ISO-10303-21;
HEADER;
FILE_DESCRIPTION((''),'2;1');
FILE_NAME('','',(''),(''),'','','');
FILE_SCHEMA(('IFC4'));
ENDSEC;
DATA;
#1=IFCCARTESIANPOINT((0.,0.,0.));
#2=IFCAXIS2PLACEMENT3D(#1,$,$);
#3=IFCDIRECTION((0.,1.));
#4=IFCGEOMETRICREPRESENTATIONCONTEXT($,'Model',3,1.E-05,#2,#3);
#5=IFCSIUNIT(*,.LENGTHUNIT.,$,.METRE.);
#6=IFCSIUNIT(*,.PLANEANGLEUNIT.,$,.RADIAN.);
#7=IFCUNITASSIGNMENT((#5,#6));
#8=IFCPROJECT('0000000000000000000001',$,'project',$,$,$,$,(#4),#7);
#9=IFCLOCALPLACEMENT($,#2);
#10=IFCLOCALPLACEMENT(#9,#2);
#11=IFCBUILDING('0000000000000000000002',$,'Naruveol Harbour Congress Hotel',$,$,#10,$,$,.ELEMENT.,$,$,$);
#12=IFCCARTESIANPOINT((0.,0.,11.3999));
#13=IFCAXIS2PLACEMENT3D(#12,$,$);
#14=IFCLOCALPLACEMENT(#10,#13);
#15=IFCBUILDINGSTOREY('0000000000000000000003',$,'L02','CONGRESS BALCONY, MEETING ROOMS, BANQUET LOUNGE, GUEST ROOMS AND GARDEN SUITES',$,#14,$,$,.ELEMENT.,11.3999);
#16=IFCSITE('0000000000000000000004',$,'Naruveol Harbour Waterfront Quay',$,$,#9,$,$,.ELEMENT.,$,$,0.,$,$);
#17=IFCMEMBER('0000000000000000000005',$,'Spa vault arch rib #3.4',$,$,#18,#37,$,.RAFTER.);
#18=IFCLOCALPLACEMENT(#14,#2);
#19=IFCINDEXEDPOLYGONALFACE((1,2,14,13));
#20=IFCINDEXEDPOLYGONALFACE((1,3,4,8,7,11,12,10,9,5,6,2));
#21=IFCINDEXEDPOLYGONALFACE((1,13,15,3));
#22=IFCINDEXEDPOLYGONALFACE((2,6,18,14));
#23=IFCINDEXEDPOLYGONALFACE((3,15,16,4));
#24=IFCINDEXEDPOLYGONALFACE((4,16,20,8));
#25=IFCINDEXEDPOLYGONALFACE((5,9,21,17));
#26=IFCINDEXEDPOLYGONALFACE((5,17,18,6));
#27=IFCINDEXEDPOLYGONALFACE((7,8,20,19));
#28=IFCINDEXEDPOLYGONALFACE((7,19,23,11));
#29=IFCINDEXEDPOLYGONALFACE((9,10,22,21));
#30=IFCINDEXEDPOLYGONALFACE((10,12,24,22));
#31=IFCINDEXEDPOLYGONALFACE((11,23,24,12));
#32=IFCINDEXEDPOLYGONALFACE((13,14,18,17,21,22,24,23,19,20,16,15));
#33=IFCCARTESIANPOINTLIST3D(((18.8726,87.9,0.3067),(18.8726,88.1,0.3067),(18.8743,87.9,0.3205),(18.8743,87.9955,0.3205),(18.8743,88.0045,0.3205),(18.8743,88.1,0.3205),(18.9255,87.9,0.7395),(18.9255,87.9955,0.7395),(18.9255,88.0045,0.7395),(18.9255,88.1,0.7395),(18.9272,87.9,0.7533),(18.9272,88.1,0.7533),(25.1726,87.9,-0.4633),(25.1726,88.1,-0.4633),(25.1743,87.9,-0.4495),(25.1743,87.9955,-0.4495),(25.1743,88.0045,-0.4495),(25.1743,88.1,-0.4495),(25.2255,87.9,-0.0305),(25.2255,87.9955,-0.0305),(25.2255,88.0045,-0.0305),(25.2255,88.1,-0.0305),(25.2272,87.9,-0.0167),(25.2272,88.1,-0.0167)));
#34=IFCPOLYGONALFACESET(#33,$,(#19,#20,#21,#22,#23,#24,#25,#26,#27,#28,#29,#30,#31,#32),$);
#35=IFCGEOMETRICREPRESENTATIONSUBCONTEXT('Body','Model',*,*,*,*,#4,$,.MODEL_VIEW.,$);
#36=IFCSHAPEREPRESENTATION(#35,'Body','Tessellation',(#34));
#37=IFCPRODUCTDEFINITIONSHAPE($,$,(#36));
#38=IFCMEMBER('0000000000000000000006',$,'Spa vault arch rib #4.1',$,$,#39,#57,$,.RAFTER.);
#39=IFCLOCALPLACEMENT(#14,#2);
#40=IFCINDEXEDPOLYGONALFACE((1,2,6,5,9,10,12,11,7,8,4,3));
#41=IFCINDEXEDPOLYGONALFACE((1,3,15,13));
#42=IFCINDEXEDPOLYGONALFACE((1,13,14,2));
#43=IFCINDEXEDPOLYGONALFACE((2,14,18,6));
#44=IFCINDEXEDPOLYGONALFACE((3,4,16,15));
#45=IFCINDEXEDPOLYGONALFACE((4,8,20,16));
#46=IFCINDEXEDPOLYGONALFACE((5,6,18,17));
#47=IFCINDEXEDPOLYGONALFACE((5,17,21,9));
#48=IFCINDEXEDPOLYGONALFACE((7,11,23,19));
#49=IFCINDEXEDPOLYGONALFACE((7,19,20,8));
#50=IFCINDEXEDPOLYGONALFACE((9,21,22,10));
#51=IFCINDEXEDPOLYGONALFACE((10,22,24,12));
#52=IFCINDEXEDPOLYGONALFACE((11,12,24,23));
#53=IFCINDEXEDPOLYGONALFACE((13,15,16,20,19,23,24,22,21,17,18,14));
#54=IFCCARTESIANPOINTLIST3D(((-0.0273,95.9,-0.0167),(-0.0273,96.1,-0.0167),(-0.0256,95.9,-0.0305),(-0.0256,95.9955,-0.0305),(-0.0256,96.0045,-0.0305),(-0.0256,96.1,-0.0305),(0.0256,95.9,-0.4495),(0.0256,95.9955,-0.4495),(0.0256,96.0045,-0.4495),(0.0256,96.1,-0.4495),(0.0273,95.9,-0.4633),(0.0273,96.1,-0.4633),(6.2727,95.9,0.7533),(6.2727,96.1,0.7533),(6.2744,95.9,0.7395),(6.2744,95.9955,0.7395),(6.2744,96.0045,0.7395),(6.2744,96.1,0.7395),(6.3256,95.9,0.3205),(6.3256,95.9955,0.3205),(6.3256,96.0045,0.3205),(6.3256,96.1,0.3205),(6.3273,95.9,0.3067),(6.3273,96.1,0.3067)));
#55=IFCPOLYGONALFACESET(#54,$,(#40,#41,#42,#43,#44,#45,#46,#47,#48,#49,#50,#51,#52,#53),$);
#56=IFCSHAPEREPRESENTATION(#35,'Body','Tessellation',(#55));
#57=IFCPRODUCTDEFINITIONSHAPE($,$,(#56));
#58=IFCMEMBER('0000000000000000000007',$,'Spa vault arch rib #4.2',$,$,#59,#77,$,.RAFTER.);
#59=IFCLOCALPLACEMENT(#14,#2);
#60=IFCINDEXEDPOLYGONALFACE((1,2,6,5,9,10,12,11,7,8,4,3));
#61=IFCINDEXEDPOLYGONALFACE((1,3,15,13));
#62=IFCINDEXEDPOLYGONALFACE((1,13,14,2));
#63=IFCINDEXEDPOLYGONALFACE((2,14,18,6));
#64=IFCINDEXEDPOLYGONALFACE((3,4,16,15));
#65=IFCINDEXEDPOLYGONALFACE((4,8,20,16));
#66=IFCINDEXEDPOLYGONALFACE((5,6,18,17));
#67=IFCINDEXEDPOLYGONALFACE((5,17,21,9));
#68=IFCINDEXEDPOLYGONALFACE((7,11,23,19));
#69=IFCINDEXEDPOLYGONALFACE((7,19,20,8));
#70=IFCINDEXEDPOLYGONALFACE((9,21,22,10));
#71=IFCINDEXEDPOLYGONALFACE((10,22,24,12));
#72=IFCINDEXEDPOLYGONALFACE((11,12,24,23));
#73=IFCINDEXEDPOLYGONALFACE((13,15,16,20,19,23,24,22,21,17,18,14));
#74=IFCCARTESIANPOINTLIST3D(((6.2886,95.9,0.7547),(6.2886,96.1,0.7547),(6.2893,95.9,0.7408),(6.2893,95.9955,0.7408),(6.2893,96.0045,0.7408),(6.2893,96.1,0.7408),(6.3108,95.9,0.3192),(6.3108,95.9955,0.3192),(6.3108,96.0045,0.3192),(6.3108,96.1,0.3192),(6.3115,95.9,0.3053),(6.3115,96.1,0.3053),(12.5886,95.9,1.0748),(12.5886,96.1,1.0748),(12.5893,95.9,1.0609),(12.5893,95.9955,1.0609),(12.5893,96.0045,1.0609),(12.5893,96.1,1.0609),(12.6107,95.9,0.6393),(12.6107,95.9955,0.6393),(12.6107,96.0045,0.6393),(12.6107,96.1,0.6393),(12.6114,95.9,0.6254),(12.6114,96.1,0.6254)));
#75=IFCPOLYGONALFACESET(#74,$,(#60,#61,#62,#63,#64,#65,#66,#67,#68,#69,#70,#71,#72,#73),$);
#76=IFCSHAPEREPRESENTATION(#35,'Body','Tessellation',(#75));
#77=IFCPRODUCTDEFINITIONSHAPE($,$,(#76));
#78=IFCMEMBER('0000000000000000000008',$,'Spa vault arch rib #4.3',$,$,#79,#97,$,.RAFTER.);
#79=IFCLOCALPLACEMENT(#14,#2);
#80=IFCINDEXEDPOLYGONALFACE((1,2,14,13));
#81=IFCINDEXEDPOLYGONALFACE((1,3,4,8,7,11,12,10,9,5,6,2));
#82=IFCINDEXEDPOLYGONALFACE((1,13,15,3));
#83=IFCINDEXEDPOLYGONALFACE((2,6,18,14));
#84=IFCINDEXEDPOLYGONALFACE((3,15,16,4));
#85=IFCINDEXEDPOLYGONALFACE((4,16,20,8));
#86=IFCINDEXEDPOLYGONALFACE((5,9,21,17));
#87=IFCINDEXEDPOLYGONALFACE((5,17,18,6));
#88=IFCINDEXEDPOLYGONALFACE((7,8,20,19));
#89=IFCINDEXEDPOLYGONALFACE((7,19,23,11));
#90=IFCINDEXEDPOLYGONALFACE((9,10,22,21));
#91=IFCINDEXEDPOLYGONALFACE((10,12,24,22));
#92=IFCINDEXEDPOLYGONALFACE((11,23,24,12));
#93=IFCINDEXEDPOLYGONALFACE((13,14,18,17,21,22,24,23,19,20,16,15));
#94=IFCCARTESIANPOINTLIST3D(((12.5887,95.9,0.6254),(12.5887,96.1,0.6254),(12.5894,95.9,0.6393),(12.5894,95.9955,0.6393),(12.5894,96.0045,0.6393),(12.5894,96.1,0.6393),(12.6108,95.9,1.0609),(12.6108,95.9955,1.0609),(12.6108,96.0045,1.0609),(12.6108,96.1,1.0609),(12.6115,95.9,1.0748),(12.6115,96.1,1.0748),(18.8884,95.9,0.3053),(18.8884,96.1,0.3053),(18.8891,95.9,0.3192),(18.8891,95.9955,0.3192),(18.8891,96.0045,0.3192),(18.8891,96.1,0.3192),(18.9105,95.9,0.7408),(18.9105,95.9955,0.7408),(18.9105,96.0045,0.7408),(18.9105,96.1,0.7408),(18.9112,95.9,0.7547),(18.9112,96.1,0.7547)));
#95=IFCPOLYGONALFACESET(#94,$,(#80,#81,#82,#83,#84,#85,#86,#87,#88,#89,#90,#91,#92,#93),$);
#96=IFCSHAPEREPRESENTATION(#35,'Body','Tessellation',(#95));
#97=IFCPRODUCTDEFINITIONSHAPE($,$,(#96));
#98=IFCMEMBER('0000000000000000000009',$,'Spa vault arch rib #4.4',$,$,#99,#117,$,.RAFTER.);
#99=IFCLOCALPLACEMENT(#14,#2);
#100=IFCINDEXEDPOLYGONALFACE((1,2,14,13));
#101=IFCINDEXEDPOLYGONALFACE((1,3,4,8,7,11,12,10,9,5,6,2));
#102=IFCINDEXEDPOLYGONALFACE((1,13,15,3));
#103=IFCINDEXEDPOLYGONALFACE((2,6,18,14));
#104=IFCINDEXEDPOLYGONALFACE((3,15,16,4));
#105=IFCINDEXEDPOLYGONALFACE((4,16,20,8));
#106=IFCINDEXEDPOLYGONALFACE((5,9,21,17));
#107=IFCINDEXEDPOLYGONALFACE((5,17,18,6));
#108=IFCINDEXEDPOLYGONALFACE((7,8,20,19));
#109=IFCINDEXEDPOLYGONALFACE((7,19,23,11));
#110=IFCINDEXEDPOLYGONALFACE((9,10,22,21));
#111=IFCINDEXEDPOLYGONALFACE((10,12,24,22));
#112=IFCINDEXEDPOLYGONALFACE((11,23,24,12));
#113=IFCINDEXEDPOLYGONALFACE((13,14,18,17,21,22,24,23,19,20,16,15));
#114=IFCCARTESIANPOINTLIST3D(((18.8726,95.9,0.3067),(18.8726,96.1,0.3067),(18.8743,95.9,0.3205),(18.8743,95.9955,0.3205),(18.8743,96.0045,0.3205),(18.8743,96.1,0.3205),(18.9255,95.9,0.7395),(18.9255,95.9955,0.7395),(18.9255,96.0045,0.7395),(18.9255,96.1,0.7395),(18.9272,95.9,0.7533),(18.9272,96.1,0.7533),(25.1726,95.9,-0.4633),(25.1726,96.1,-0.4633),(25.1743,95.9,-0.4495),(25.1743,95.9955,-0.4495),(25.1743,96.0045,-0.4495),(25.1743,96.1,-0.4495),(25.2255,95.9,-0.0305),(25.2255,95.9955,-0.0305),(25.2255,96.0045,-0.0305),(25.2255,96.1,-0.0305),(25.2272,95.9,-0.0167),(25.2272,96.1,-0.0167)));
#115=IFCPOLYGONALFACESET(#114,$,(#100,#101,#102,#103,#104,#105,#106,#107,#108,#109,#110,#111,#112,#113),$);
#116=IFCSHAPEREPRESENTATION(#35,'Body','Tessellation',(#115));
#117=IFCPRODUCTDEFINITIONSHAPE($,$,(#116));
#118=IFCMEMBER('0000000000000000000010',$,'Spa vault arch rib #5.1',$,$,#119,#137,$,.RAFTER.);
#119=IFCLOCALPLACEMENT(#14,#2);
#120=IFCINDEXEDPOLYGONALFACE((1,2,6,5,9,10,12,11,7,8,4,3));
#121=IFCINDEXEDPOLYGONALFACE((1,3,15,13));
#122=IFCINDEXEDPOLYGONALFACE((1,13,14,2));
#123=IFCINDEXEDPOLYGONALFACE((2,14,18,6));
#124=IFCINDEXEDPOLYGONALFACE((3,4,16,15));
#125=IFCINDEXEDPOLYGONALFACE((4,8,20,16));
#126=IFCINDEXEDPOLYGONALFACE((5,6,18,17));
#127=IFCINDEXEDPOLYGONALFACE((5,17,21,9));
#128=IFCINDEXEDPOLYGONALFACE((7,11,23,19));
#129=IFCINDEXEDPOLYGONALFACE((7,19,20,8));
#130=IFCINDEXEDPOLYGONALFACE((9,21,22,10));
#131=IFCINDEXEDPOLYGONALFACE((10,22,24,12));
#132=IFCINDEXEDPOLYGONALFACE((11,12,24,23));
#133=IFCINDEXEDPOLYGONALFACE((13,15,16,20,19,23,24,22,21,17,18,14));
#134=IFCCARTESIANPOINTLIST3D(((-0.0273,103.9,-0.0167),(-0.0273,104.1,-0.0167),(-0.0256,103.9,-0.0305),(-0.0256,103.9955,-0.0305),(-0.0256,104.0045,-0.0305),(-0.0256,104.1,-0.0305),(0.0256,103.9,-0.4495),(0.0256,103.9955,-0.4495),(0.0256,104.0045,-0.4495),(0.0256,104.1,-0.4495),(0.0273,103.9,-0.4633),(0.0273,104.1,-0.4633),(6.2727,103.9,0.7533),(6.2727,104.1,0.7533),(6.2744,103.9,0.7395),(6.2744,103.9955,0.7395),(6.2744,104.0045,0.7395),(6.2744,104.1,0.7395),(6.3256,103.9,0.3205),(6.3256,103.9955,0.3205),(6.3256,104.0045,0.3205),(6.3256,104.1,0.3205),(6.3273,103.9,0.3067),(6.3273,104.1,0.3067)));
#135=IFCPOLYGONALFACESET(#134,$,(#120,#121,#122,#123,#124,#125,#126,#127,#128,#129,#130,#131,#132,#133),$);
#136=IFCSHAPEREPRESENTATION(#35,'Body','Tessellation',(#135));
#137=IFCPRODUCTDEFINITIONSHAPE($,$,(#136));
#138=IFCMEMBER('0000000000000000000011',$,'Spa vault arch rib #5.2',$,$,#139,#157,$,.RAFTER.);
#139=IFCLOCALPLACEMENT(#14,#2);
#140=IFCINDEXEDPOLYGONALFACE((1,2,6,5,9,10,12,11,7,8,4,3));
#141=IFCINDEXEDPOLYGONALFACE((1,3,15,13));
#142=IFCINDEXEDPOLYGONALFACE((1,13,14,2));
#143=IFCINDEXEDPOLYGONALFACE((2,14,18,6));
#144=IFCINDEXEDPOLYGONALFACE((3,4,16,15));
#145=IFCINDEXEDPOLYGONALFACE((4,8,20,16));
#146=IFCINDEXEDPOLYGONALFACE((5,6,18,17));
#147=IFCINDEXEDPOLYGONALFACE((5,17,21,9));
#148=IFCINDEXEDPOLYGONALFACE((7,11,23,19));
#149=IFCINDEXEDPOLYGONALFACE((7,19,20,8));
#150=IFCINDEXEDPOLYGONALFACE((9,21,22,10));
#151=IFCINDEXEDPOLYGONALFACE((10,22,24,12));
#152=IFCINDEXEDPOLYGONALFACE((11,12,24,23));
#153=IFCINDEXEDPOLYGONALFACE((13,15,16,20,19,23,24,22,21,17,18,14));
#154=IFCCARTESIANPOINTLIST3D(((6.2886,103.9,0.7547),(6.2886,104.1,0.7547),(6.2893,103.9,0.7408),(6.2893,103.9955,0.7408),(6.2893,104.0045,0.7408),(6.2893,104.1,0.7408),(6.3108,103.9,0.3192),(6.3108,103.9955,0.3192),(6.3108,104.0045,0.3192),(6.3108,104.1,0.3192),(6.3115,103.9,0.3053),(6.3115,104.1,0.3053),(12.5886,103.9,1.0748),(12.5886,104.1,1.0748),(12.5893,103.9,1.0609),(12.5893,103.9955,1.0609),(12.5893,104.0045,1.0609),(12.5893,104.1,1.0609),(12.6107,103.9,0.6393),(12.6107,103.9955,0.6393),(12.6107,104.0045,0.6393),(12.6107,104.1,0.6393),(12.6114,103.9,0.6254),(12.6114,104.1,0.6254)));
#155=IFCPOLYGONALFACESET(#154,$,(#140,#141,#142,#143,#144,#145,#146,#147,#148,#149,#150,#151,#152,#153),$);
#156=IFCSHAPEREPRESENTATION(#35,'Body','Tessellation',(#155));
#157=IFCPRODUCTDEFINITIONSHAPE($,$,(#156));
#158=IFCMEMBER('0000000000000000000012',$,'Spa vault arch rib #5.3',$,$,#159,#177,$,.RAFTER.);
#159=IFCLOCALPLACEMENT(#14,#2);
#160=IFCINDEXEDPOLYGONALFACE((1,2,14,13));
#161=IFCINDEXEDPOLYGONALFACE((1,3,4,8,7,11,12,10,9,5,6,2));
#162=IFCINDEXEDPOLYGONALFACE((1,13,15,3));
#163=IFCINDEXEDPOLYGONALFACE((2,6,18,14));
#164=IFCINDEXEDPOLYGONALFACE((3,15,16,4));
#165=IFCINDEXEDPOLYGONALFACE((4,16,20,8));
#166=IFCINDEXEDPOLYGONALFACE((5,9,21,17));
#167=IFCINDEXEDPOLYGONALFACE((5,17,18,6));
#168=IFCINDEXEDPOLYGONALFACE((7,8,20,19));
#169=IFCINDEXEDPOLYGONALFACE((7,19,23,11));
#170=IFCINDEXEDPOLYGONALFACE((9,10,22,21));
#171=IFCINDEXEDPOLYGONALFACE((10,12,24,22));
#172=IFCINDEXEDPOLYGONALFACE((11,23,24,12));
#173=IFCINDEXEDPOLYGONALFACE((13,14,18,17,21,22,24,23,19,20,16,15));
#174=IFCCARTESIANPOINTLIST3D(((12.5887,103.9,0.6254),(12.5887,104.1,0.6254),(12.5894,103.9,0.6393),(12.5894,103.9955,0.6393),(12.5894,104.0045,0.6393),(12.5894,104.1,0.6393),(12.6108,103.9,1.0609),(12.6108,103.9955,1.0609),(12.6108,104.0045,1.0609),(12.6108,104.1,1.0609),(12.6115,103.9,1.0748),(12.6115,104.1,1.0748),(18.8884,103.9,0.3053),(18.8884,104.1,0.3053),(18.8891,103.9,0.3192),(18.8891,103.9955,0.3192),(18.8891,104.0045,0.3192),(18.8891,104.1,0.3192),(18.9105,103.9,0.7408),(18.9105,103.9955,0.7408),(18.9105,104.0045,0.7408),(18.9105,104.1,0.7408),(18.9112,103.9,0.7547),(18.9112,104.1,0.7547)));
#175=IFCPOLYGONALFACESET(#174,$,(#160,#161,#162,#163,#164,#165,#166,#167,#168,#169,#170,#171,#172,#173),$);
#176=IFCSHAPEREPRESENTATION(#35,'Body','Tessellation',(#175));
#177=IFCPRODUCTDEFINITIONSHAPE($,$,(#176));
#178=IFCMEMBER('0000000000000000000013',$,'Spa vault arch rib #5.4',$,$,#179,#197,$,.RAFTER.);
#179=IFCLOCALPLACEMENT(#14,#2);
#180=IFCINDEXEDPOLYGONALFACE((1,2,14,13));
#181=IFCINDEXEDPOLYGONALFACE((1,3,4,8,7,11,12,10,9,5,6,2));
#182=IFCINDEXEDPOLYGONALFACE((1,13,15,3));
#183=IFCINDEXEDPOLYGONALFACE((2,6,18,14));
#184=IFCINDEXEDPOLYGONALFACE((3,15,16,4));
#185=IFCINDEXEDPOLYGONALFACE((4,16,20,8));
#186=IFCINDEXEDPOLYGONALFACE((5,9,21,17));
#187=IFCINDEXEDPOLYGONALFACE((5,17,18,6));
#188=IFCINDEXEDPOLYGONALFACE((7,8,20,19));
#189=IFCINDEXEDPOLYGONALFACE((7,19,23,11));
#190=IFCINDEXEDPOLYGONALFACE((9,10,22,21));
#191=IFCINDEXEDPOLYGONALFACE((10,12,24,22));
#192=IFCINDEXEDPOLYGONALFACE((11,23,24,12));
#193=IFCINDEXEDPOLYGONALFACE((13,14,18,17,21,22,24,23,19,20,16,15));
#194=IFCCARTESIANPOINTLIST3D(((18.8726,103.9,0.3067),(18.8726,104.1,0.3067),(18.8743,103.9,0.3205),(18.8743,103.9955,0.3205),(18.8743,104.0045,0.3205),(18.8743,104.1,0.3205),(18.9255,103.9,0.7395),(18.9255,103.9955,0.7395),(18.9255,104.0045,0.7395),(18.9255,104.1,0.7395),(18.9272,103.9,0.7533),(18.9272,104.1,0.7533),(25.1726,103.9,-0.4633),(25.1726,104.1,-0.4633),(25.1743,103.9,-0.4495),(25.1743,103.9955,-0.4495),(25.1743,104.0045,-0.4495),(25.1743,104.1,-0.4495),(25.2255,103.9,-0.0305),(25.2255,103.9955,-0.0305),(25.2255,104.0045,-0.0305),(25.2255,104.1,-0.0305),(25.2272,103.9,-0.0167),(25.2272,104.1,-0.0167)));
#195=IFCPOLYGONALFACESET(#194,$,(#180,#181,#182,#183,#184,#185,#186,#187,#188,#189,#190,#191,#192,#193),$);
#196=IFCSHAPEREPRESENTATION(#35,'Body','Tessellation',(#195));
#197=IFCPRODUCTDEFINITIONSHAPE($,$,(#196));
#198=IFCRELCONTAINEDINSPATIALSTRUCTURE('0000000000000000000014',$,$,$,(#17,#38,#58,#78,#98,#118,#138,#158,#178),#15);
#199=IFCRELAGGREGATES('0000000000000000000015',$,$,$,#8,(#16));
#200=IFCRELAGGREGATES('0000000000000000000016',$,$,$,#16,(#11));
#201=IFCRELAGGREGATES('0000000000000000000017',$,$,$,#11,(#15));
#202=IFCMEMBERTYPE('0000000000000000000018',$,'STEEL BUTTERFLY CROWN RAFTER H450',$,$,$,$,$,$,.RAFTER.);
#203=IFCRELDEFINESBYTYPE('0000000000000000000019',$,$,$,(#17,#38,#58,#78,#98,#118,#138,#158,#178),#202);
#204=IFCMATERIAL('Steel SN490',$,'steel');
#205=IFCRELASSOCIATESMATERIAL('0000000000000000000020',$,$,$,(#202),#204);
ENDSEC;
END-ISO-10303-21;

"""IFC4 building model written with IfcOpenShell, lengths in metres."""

from ifc_helpers import new_model, si_unit, direction, frame, origin, origin_2d, place, context, subcontext, project, spatial, i_section, extrude, material, material_profile, profile_set, type_object, element, save


model = new_model("IFC4")

# Units and contexts
model_context = context("Model", 3, precision=1e-05, world=origin(), true_north=direction((0.0, 1.0)))
body_context = subcontext(model_context, "Body", "Model", "MODEL_VIEW")
ifc_project = project(units=[si_unit("LENGTHUNIT", "METRE"), si_unit("PLANEANGLEUNIT", "RADIAN")], contexts=[model_context])

# Site, building, storey
site_placement = place(None, origin())
site = spatial("IfcSite", under=ifc_project, at=site_placement, Name="Naruveol Harbour Waterfront Quay", CompositionType="ELEMENT", RefElevation=0.0)
building_placement = place(site_placement, origin())
building = spatial("IfcBuilding", under=site, at=building_placement, Name="Naruveol Harbour Congress Hotel", CompositionType="ELEMENT")
storey_placement = place(building_placement, frame((0.0, 0.0, 11.3999)))
storey = spatial("IfcBuildingStorey", under=building, at=storey_placement, Name="L02", Description="CONGRESS BALCONY, MEETING ROOMS, BANQUET LOUNGE, GUEST ROOMS AND GARDEN SUITES", CompositionType="ELEMENT", Elevation=11.3999)

# Members
ifc_material_1 = material(Name="Steel SN490", Category="steel")
ifc_material_profile_1 = material_profile(ifc_material_1, i_section(OverallWidth=0.2, OverallDepth=0.45, WebThickness=0.009, FlangeThickness=0.0139, at=origin_2d()), Name="H-450x200x9x14")
ifc_profile_set_1 = profile_set([ifc_material_profile_1], Name="Steel SN490")
member_type_1 = type_object("IfcMemberType", Name="STEEL BUTTERFLY CROWN RAFTER H450", PredefinedType="RAFTER", material=ifc_profile_set_1)
for number, where, z_axis, x_axis, name in (
    (1, (18.8999, 88.0, 0.53), (0.992613, 0.0, -0.121322), (0.0, 1.0, 0.0), "Spa vault arch rib #3.4"),
    (2, (0.0, 96.0, -0.24), (0.992613, 0.0, 0.121322), (0.0, 1.0, 0.0), "Spa vault arch rib #4.1"),
):
    element("IfcMember", number, at=place(storey_placement, frame(where, z_axis=z_axis, x_axis=x_axis)), inside=storey, type_object=member_type_1, Name=name, PredefinedType="RAFTER", context=body_context, shape_type="SweptSolid", body=[
        extrude(i_section(OverallWidth=0.2, OverallDepth=0.45, WebThickness=0.009, FlangeThickness=0.0139, at=origin_2d()), origin(), (0.0, 0.0, 1.0), 6.3469),
    ])
member_1_placement = place(storey_placement, frame((6.3, 96.0, 0.53), z_axis=(0.998712, 0.0, 0.050739), x_axis=(0.0, 1.0, 0.0)))
element("IfcMember", 3, at=member_1_placement, inside=storey, type_object=member_type_1, Name="Spa vault arch rib #4.2", PredefinedType="RAFTER", context=body_context, shape_type="SweptSolid", body=[
    extrude(i_section(OverallWidth=0.2, OverallDepth=0.45, WebThickness=0.009, FlangeThickness=0.0139, at=origin_2d()), origin(), (0.0, 0.0, 1.0), 6.3081),
])
member_2_placement = place(storey_placement, frame((12.6001, 96.0, 0.8501), z_axis=(0.998712, 0.0, -0.050741), x_axis=(0.0, 1.0, 0.0)))
element("IfcMember", 4, at=member_2_placement, inside=storey, type_object=member_type_1, Name="Spa vault arch rib #4.3", PredefinedType="RAFTER", context=body_context, shape_type="SweptSolid", body=[
    extrude(i_section(OverallWidth=0.2, OverallDepth=0.45, WebThickness=0.009, FlangeThickness=0.0139, at=origin_2d()), origin(), (0.0, 0.0, 1.0), 6.3079),
])
for number, where, z_axis, x_axis, name in (
    (5, (18.8999, 96.0, 0.53), (0.992613, 0.0, -0.121322), (0.0, 1.0, 0.0), "Spa vault arch rib #4.4"),
    (6, (0.0, 104.0, -0.24), (0.992613, 0.0, 0.121322), (0.0, 1.0, 0.0), "Spa vault arch rib #5.1"),
):
    element("IfcMember", number, at=place(storey_placement, frame(where, z_axis=z_axis, x_axis=x_axis)), inside=storey, type_object=member_type_1, Name=name, PredefinedType="RAFTER", context=body_context, shape_type="SweptSolid", body=[
        extrude(i_section(OverallWidth=0.2, OverallDepth=0.45, WebThickness=0.009, FlangeThickness=0.0139, at=origin_2d()), origin(), (0.0, 0.0, 1.0), 6.3469),
    ])
member_3_placement = place(storey_placement, frame((6.3, 104.0, 0.53), z_axis=(0.998712, 0.0, 0.050739), x_axis=(0.0, 1.0, 0.0)))
element("IfcMember", 7, at=member_3_placement, inside=storey, type_object=member_type_1, Name="Spa vault arch rib #5.2", PredefinedType="RAFTER", context=body_context, shape_type="SweptSolid", body=[
    extrude(i_section(OverallWidth=0.2, OverallDepth=0.45, WebThickness=0.009, FlangeThickness=0.0139, at=origin_2d()), origin(), (0.0, 0.0, 1.0), 6.3081),
])
member_4_placement = place(storey_placement, frame((12.6001, 104.0, 0.8501), z_axis=(0.998712, 0.0, -0.050741), x_axis=(0.0, 1.0, 0.0)))
element("IfcMember", 8, at=member_4_placement, inside=storey, type_object=member_type_1, Name="Spa vault arch rib #5.3", PredefinedType="RAFTER", context=body_context, shape_type="SweptSolid", body=[
    extrude(i_section(OverallWidth=0.2, OverallDepth=0.45, WebThickness=0.009, FlangeThickness=0.0139, at=origin_2d()), origin(), (0.0, 0.0, 1.0), 6.3079),
])
member_5_placement = place(storey_placement, frame((18.8999, 104.0, 0.53), z_axis=(0.992613, 0.0, -0.121322), x_axis=(0.0, 1.0, 0.0)))
element("IfcMember", 9, at=member_5_placement, inside=storey, type_object=member_type_1, Name="Spa vault arch rib #5.4", PredefinedType="RAFTER", context=body_context, shape_type="SweptSolid", body=[
    extrude(i_section(OverallWidth=0.2, OverallDepth=0.45, WebThickness=0.009, FlangeThickness=0.0139, at=origin_2d()), origin(), (0.0, 0.0, 1.0), 6.3469),
])

save(model, "model.ifc")
